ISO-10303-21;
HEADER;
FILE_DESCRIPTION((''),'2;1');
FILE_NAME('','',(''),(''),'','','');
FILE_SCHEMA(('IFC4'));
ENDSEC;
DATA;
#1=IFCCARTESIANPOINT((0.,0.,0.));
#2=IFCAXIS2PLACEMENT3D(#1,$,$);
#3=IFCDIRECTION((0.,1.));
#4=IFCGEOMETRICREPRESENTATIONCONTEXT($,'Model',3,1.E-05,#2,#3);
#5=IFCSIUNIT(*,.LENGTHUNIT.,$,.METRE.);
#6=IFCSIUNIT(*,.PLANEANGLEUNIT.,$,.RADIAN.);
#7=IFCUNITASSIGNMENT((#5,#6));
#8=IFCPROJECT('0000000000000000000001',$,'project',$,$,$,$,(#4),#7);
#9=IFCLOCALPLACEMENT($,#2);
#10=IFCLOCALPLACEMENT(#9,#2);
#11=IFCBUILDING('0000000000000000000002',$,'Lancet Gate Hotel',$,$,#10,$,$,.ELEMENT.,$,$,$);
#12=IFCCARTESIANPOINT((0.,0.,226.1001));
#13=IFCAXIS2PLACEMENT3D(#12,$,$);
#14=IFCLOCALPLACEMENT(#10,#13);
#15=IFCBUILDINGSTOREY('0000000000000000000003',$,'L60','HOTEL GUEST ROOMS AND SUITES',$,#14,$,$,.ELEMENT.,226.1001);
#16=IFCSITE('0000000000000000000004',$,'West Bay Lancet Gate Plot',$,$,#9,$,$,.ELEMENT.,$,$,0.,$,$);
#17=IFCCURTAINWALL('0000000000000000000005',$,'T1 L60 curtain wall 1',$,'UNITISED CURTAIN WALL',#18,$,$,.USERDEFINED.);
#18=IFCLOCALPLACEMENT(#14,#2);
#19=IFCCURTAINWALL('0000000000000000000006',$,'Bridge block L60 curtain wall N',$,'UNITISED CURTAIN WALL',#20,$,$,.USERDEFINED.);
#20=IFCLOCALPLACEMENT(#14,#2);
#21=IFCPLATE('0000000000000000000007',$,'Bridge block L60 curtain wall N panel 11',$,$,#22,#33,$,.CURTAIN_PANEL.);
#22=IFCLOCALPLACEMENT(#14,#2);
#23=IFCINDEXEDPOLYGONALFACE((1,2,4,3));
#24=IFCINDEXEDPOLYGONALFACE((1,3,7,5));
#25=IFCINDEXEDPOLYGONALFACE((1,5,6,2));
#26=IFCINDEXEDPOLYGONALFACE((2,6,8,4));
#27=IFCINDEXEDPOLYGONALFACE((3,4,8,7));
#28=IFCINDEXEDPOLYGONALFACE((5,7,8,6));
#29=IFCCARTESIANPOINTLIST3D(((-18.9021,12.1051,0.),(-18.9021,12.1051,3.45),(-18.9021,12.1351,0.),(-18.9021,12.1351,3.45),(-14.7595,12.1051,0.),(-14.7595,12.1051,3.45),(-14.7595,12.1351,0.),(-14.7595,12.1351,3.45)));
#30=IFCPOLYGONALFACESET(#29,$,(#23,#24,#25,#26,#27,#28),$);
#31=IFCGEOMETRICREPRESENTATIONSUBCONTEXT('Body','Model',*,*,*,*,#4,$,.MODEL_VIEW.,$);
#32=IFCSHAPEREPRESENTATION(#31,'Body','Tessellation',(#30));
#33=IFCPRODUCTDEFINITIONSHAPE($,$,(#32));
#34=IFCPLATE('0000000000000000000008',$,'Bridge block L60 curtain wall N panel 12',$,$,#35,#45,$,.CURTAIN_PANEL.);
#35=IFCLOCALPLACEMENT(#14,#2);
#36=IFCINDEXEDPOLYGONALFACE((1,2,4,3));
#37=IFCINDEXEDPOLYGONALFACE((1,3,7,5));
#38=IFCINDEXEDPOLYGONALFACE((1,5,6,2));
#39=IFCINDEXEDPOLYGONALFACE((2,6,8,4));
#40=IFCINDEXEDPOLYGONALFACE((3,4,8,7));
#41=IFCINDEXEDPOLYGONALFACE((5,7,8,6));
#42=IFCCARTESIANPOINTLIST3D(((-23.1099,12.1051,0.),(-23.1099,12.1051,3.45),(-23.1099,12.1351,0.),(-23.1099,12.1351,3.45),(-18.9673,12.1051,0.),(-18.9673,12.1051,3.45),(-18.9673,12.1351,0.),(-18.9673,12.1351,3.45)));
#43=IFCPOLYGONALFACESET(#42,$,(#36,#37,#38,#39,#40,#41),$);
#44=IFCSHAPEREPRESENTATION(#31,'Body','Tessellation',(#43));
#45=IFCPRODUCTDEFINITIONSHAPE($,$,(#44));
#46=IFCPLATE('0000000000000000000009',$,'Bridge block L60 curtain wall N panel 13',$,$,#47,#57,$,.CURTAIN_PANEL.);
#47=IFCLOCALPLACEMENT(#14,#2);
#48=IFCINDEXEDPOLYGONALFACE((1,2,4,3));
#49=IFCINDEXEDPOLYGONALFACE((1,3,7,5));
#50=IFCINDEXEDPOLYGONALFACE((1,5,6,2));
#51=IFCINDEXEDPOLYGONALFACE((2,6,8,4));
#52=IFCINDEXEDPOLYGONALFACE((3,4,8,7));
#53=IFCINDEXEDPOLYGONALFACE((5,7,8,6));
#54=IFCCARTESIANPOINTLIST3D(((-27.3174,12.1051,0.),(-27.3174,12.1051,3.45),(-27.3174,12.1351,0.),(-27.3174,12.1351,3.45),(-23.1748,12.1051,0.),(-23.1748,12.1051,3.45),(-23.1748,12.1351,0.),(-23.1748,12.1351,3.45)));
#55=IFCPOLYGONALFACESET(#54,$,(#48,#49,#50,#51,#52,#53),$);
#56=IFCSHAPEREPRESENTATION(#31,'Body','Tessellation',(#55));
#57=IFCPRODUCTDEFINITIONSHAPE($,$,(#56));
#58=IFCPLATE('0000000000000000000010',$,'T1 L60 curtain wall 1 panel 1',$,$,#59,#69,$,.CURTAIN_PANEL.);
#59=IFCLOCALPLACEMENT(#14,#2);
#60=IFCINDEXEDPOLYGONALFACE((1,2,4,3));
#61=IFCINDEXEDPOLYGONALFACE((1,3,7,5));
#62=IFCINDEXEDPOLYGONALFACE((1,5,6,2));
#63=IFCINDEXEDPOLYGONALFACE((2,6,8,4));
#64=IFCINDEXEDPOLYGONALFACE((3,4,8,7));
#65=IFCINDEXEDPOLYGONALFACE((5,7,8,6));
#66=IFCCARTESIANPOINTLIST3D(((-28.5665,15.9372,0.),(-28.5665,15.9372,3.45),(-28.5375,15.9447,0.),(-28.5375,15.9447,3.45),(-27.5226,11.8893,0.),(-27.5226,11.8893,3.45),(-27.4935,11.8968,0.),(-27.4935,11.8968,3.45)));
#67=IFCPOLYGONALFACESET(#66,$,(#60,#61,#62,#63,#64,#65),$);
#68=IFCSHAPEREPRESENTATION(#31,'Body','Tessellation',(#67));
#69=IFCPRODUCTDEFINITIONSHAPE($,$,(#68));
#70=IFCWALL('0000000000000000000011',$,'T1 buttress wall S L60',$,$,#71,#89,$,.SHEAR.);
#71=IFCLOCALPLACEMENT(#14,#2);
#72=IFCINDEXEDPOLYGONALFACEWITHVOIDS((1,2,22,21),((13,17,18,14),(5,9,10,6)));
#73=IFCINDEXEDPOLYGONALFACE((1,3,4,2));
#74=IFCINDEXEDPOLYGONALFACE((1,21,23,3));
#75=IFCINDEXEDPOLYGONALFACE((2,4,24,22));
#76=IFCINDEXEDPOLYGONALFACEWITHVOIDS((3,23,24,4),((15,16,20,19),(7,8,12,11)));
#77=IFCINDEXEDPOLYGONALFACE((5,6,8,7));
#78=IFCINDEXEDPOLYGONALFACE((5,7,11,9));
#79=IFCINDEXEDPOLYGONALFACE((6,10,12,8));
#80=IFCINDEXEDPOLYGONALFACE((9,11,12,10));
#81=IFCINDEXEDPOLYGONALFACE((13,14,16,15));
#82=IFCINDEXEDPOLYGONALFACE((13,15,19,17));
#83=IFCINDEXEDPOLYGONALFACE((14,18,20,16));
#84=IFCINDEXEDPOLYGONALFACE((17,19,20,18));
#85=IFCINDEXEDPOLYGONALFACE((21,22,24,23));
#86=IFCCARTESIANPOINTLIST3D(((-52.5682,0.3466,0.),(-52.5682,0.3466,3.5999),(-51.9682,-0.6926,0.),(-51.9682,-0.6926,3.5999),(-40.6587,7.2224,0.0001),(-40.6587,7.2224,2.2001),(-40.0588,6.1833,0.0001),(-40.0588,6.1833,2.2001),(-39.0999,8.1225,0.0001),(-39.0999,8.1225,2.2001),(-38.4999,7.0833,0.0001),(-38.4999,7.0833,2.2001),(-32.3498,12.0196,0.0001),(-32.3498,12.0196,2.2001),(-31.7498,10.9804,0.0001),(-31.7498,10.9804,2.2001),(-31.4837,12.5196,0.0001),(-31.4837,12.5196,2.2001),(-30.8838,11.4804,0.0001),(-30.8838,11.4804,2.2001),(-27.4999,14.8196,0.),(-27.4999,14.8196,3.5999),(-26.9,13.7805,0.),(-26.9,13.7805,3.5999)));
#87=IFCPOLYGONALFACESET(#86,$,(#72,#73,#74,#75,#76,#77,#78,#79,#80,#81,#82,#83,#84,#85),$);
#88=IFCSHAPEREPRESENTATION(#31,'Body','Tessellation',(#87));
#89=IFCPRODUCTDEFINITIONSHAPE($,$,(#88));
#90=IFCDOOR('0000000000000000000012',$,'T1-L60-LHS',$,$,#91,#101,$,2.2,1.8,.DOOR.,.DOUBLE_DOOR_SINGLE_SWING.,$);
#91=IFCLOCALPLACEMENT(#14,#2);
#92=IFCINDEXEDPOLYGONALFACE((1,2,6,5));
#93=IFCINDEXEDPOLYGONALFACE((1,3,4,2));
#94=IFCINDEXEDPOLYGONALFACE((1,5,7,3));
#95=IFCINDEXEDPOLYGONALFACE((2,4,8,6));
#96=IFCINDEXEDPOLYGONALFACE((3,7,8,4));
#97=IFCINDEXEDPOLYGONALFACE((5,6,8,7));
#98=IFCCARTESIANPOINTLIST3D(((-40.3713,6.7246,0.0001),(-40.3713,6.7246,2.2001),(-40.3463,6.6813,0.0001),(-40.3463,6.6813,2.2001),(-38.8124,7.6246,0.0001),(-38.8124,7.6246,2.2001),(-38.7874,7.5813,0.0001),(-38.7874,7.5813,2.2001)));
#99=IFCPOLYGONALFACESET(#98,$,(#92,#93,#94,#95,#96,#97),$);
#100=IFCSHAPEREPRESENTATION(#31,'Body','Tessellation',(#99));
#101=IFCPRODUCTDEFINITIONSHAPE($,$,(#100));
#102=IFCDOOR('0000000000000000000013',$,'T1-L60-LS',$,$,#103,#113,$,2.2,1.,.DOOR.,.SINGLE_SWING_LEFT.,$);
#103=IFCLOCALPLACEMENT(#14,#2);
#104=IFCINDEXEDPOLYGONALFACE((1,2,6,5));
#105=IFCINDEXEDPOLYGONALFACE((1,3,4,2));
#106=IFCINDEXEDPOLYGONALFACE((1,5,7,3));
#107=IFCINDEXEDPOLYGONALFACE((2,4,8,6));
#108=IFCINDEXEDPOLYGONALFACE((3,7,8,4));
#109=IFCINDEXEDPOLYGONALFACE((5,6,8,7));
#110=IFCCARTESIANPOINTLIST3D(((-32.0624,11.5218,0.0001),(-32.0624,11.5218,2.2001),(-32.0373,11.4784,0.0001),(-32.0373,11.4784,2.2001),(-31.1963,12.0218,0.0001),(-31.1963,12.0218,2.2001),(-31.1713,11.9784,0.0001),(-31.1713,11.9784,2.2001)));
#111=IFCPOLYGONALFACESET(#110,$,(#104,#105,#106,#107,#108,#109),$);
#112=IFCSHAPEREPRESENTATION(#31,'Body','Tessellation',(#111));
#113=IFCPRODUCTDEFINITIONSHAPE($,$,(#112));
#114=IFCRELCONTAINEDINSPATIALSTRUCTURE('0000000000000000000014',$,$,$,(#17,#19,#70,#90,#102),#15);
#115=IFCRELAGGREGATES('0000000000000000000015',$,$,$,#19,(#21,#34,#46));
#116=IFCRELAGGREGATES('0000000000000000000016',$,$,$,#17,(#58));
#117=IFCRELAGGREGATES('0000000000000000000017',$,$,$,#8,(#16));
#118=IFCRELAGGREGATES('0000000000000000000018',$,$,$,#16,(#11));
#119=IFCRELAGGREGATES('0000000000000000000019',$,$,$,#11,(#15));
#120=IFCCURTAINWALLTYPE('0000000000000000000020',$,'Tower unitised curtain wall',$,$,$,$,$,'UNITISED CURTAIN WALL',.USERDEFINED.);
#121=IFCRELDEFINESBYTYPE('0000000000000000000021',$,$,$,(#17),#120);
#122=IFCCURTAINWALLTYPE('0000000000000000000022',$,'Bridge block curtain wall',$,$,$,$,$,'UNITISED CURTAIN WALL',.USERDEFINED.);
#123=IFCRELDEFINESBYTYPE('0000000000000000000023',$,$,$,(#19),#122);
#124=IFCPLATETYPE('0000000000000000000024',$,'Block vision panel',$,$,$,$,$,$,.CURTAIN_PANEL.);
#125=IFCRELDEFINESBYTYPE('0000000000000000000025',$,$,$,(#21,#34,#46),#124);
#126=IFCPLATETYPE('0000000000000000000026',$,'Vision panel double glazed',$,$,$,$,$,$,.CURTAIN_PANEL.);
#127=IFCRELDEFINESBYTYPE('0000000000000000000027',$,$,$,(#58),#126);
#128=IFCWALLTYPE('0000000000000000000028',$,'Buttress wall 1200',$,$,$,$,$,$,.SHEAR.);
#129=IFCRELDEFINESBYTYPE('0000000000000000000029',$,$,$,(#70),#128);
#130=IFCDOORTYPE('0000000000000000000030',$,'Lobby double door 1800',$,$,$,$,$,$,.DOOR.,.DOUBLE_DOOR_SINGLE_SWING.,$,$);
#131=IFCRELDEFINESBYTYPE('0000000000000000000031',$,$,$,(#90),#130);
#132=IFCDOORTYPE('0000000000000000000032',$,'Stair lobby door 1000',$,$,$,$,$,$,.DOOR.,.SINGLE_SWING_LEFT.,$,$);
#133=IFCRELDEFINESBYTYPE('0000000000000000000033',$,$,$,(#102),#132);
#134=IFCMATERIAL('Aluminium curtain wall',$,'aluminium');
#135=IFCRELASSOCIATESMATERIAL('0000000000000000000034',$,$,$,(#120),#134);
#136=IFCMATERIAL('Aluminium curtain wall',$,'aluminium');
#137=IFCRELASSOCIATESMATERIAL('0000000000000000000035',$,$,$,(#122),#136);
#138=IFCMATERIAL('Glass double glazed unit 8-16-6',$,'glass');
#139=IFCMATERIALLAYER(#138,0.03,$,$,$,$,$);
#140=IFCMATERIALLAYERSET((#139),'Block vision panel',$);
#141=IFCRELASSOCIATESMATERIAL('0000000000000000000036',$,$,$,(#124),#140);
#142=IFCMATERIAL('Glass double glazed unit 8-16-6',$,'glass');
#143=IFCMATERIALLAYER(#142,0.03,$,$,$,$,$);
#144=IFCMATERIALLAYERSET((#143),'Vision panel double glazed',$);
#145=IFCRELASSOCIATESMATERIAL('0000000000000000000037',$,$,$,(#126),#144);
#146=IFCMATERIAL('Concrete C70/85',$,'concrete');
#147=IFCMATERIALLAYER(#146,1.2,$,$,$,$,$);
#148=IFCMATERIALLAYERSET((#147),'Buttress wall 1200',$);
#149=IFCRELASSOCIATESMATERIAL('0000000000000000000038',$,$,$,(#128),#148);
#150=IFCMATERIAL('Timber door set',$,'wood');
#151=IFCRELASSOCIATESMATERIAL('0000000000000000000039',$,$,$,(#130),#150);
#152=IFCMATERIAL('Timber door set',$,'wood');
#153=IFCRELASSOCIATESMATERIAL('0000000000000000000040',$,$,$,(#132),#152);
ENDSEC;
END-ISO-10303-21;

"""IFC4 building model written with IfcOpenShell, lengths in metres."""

from ifc_helpers import new_model, si_unit, direction, frame, frame_2d, origin, origin_2d, place, context, subcontext, project, spatial, rectangle, extrude, material, layer, layer_set, type_object, element, fill, aggregate, save


model = new_model("IFC4")

# Units and contexts
model_context = context("Model", 3, precision=1e-05, world=origin(), true_north=direction((0.0, 1.0)))
body_context = subcontext(model_context, "Body", "Model", "MODEL_VIEW")
ifc_project = project(units=[si_unit("LENGTHUNIT", "METRE"), si_unit("PLANEANGLEUNIT", "RADIAN")], contexts=[model_context])

# Site, building, storey
site_placement = place(None, origin())
site = spatial("IfcSite", under=ifc_project, at=site_placement, Name="West Bay Lancet Gate Plot", CompositionType="ELEMENT", RefElevation=0.0)
building_placement = place(site_placement, origin())
building = spatial("IfcBuilding", under=site, at=building_placement, Name="Lancet Gate Hotel", CompositionType="ELEMENT")
storey_placement = place(building_placement, frame((0.0, 0.0, 226.1001)))
storey = spatial("IfcBuildingStorey", under=building, at=storey_placement, Name="L60", Description="HOTEL GUEST ROOMS AND SUITES", CompositionType="ELEMENT", Elevation=226.1001)

# Curtain walls
ifc_material_1 = material(Name="Aluminium curtain wall", Category="aluminium")
curtain_wall_type_1 = type_object("IfcCurtainWallType", Name="Tower unitised curtain wall", ElementType="UNITISED CURTAIN WALL", PredefinedType="USERDEFINED", material=ifc_material_1)
curtain_wall_1_placement = place(storey_placement, origin())
curtain_wall_1 = element("IfcCurtainWall", 1, at=curtain_wall_1_placement, inside=storey, type_object=curtain_wall_type_1, Name="T1 L60 curtain wall 1", ObjectType="UNITISED CURTAIN WALL", PredefinedType="USERDEFINED")
ifc_material_2 = material(Name="Aluminium curtain wall", Category="aluminium")
curtain_wall_type_2 = type_object("IfcCurtainWallType", Name="Bridge block curtain wall", ElementType="UNITISED CURTAIN WALL", PredefinedType="USERDEFINED", material=ifc_material_2)
curtain_wall_2_placement = place(storey_placement, origin())
curtain_wall_2 = element("IfcCurtainWall", 2, at=curtain_wall_2_placement, inside=storey, type_object=curtain_wall_type_2, Name="Bridge block L60 curtain wall N", ObjectType="UNITISED CURTAIN WALL", PredefinedType="USERDEFINED")

# Plates
ifc_material_3 = material(Name="Glass double glazed unit 8-16-6", Category="glass")
ifc_layer_1 = layer(ifc_material_3, 0.03)
ifc_layer_set_1 = layer_set([ifc_layer_1], Name="Block vision panel")
plate_type_1 = type_object("IfcPlateType", Name="Block vision panel", PredefinedType="CURTAIN_PANEL", material=ifc_layer_set_1)
plate_1_placement = place(storey_placement, frame((-16.8308, 12.1201, 0.0), z_axis=(0.0, 0.0, 1.0), x_axis=(-1.0, 0.0, 0.0)))
plate_1 = element("IfcPlate", 3, at=plate_1_placement, type_object=plate_type_1, Name="Bridge block L60 curtain wall N panel 11", PredefinedType="CURTAIN_PANEL", context=body_context, shape_type="SweptSolid", body=[
    extrude(rectangle(XDim=4.1426, YDim=0.03, at=origin_2d()), origin(), (0.0, 0.0, 1.0), 3.45),
])
plate_2_placement = place(storey_placement, frame((-21.0386, 12.1201, 0.0), z_axis=(0.0, 0.0, 1.0), x_axis=(-1.0, 0.0, 0.0)))
plate_2 = element("IfcPlate", 4, at=plate_2_placement, type_object=plate_type_1, Name="Bridge block L60 curtain wall N panel 12", PredefinedType="CURTAIN_PANEL", context=body_context, shape_type="SweptSolid", body=[
    extrude(rectangle(XDim=4.1426, YDim=0.03, at=origin_2d()), origin(), (0.0, 0.0, 1.0), 3.45),
])
plate_3_placement = place(storey_placement, frame((-25.2461, 12.1201, 0.0), z_axis=(0.0, 0.0, 1.0), x_axis=(-1.0, 0.0, 0.0)))
plate_3 = element("IfcPlate", 5, at=plate_3_placement, type_object=plate_type_1, Name="Bridge block L60 curtain wall N panel 13", PredefinedType="CURTAIN_PANEL", context=body_context, shape_type="SweptSolid", body=[
    extrude(rectangle(XDim=4.1426, YDim=0.03, at=origin_2d()), origin(), (0.0, 0.0, 1.0), 3.45),
])
aggregate(curtain_wall_2, [plate_1, plate_2, plate_3])
ifc_material_4 = material(Name="Glass double glazed unit 8-16-6", Category="glass")
ifc_layer_2 = layer(ifc_material_4, 0.03)
ifc_layer_set_2 = layer_set([ifc_layer_2], Name="Vision panel double glazed")
plate_type_2 = type_object("IfcPlateType", Name="Vision panel double glazed", PredefinedType="CURTAIN_PANEL", material=ifc_layer_set_2)
plate_4_placement = place(storey_placement, frame((-28.03, 13.917, 0.0), z_axis=(0.0, 0.0, 1.0), x_axis=(-0.249726, 0.968317, 0.0)))
plate_4 = element("IfcPlate", 6, at=plate_4_placement, type_object=plate_type_2, Name="T1 L60 curtain wall 1 panel 1", PredefinedType="CURTAIN_PANEL", context=body_context, shape_type="SweptSolid", body=[
    extrude(rectangle(XDim=4.1804, YDim=0.03, at=origin_2d()), origin(), (0.0, 0.0, 1.0), 3.45),
])
aggregate(curtain_wall_1, [plate_4])

# Wall, openings, doors
ifc_material_5 = material(Name="Concrete C70/85", Category="concrete")
ifc_layer_3 = layer(ifc_material_5, 1.2)
ifc_layer_set_3 = layer_set([ifc_layer_3], Name="Buttress wall 1200")
wall_type_1 = type_object("IfcWallType", Name="Buttress wall 1200", PredefinedType="SHEAR", material=ifc_layer_set_3)
wall_1_placement = place(storey_placement, frame((-27.2, 14.3, 0.0), z_axis=(0.0, 0.0, 1.0), x_axis=(-0.866027, -0.499998, 0.0)))
wall_1 = element("IfcWall", 7, at=wall_1_placement, inside=storey, type_object=wall_type_1, Name="T1 buttress wall S L60", PredefinedType="SHEAR", context=body_context, shape_type="SweptSolid", body=[
    extrude(rectangle(XDim=28.9463, YDim=1.2, at=frame_2d((14.4731, 0.0))), origin(), (0.0, 0.0, 1.0), 3.5999),
])
opening_1_placement = place(wall_1_placement, frame((4.6001, 0.0, 0.0)))
opening_1 = element("IfcOpeningElement", 8, at=opening_1_placement, cuts=wall_1, PredefinedType="OPENING", context=body_context, shape_type="SweptSolid", body=[
    extrude(rectangle(XDim=1.0, YDim=2.2, at=frame_2d((0.5, 1.1001))), frame((0.0, 0.6099, 0.0), z_axis=(0.0, -1.0, 0.0), x_axis=(1.0, 0.0, 0.0)), (0.0, 0.0, 1.0), 1.22),
])
opening_2_placement = place(wall_1_placement, frame((13.3945, 0.0, 0.0)))
opening_2 = element("IfcOpeningElement", 9, at=opening_2_placement, cuts=wall_1, PredefinedType="OPENING", context=body_context, shape_type="SweptSolid", body=[
    extrude(rectangle(XDim=1.8, YDim=2.2, at=frame_2d((0.8999, 1.1001))), frame((0.0, 0.6099, 0.0), z_axis=(0.0, -1.0, 0.0), x_axis=(1.0, 0.0, 0.0)), (0.0, 0.0, 1.0), 1.22),
])
ifc_material_6 = material(Name="Timber door set", Category="wood")
door_type_1 = type_object("IfcDoorType", Name="Lobby double door 1800", OperationType="DOUBLE_DOOR_SINGLE_SWING", PredefinedType="DOOR", material=ifc_material_6)
door_1_placement = place(opening_2_placement, origin())
door_1 = element("IfcDoor", 10, at=door_1_placement, inside=storey, type_object=door_type_1, Name="T1-L60-LHS", OperationType="DOUBLE_DOOR_SINGLE_SWING", OverallHeight=2.2, OverallWidth=1.8, PredefinedType="DOOR", context=body_context, shape_type="SweptSolid", body=[
    extrude(rectangle(XDim=1.8, YDim=2.2, at=frame_2d((0.8999, 1.1001))), frame((0.0, 0.0249, 0.0), z_axis=(0.0, -1.0, 0.0), x_axis=(1.0, 0.0, 0.0)), (0.0, 0.0, 1.0), 0.05),
])
fill(opening_2, door_1)
ifc_material_7 = material(Name="Timber door set", Category="wood")
door_type_2 = type_object("IfcDoorType", Name="Stair lobby door 1000", OperationType="SINGLE_SWING_LEFT", PredefinedType="DOOR", material=ifc_material_7)
door_2_placement = place(opening_1_placement, origin())
door_2 = element("IfcDoor", 11, at=door_2_placement, inside=storey, type_object=door_type_2, Name="T1-L60-LS", OperationType="SINGLE_SWING_LEFT", OverallHeight=2.2, OverallWidth=1.0, PredefinedType="DOOR", context=body_context, shape_type="SweptSolid", body=[
    extrude(rectangle(XDim=1.0, YDim=2.2, at=frame_2d((0.5, 1.1001))), frame((0.0, 0.0249, 0.0), z_axis=(0.0, -1.0, 0.0), x_axis=(1.0, 0.0, 0.0)), (0.0, 0.0, 1.0), 0.05),
])
fill(opening_1, door_2)

save(model, "model.ifc")
